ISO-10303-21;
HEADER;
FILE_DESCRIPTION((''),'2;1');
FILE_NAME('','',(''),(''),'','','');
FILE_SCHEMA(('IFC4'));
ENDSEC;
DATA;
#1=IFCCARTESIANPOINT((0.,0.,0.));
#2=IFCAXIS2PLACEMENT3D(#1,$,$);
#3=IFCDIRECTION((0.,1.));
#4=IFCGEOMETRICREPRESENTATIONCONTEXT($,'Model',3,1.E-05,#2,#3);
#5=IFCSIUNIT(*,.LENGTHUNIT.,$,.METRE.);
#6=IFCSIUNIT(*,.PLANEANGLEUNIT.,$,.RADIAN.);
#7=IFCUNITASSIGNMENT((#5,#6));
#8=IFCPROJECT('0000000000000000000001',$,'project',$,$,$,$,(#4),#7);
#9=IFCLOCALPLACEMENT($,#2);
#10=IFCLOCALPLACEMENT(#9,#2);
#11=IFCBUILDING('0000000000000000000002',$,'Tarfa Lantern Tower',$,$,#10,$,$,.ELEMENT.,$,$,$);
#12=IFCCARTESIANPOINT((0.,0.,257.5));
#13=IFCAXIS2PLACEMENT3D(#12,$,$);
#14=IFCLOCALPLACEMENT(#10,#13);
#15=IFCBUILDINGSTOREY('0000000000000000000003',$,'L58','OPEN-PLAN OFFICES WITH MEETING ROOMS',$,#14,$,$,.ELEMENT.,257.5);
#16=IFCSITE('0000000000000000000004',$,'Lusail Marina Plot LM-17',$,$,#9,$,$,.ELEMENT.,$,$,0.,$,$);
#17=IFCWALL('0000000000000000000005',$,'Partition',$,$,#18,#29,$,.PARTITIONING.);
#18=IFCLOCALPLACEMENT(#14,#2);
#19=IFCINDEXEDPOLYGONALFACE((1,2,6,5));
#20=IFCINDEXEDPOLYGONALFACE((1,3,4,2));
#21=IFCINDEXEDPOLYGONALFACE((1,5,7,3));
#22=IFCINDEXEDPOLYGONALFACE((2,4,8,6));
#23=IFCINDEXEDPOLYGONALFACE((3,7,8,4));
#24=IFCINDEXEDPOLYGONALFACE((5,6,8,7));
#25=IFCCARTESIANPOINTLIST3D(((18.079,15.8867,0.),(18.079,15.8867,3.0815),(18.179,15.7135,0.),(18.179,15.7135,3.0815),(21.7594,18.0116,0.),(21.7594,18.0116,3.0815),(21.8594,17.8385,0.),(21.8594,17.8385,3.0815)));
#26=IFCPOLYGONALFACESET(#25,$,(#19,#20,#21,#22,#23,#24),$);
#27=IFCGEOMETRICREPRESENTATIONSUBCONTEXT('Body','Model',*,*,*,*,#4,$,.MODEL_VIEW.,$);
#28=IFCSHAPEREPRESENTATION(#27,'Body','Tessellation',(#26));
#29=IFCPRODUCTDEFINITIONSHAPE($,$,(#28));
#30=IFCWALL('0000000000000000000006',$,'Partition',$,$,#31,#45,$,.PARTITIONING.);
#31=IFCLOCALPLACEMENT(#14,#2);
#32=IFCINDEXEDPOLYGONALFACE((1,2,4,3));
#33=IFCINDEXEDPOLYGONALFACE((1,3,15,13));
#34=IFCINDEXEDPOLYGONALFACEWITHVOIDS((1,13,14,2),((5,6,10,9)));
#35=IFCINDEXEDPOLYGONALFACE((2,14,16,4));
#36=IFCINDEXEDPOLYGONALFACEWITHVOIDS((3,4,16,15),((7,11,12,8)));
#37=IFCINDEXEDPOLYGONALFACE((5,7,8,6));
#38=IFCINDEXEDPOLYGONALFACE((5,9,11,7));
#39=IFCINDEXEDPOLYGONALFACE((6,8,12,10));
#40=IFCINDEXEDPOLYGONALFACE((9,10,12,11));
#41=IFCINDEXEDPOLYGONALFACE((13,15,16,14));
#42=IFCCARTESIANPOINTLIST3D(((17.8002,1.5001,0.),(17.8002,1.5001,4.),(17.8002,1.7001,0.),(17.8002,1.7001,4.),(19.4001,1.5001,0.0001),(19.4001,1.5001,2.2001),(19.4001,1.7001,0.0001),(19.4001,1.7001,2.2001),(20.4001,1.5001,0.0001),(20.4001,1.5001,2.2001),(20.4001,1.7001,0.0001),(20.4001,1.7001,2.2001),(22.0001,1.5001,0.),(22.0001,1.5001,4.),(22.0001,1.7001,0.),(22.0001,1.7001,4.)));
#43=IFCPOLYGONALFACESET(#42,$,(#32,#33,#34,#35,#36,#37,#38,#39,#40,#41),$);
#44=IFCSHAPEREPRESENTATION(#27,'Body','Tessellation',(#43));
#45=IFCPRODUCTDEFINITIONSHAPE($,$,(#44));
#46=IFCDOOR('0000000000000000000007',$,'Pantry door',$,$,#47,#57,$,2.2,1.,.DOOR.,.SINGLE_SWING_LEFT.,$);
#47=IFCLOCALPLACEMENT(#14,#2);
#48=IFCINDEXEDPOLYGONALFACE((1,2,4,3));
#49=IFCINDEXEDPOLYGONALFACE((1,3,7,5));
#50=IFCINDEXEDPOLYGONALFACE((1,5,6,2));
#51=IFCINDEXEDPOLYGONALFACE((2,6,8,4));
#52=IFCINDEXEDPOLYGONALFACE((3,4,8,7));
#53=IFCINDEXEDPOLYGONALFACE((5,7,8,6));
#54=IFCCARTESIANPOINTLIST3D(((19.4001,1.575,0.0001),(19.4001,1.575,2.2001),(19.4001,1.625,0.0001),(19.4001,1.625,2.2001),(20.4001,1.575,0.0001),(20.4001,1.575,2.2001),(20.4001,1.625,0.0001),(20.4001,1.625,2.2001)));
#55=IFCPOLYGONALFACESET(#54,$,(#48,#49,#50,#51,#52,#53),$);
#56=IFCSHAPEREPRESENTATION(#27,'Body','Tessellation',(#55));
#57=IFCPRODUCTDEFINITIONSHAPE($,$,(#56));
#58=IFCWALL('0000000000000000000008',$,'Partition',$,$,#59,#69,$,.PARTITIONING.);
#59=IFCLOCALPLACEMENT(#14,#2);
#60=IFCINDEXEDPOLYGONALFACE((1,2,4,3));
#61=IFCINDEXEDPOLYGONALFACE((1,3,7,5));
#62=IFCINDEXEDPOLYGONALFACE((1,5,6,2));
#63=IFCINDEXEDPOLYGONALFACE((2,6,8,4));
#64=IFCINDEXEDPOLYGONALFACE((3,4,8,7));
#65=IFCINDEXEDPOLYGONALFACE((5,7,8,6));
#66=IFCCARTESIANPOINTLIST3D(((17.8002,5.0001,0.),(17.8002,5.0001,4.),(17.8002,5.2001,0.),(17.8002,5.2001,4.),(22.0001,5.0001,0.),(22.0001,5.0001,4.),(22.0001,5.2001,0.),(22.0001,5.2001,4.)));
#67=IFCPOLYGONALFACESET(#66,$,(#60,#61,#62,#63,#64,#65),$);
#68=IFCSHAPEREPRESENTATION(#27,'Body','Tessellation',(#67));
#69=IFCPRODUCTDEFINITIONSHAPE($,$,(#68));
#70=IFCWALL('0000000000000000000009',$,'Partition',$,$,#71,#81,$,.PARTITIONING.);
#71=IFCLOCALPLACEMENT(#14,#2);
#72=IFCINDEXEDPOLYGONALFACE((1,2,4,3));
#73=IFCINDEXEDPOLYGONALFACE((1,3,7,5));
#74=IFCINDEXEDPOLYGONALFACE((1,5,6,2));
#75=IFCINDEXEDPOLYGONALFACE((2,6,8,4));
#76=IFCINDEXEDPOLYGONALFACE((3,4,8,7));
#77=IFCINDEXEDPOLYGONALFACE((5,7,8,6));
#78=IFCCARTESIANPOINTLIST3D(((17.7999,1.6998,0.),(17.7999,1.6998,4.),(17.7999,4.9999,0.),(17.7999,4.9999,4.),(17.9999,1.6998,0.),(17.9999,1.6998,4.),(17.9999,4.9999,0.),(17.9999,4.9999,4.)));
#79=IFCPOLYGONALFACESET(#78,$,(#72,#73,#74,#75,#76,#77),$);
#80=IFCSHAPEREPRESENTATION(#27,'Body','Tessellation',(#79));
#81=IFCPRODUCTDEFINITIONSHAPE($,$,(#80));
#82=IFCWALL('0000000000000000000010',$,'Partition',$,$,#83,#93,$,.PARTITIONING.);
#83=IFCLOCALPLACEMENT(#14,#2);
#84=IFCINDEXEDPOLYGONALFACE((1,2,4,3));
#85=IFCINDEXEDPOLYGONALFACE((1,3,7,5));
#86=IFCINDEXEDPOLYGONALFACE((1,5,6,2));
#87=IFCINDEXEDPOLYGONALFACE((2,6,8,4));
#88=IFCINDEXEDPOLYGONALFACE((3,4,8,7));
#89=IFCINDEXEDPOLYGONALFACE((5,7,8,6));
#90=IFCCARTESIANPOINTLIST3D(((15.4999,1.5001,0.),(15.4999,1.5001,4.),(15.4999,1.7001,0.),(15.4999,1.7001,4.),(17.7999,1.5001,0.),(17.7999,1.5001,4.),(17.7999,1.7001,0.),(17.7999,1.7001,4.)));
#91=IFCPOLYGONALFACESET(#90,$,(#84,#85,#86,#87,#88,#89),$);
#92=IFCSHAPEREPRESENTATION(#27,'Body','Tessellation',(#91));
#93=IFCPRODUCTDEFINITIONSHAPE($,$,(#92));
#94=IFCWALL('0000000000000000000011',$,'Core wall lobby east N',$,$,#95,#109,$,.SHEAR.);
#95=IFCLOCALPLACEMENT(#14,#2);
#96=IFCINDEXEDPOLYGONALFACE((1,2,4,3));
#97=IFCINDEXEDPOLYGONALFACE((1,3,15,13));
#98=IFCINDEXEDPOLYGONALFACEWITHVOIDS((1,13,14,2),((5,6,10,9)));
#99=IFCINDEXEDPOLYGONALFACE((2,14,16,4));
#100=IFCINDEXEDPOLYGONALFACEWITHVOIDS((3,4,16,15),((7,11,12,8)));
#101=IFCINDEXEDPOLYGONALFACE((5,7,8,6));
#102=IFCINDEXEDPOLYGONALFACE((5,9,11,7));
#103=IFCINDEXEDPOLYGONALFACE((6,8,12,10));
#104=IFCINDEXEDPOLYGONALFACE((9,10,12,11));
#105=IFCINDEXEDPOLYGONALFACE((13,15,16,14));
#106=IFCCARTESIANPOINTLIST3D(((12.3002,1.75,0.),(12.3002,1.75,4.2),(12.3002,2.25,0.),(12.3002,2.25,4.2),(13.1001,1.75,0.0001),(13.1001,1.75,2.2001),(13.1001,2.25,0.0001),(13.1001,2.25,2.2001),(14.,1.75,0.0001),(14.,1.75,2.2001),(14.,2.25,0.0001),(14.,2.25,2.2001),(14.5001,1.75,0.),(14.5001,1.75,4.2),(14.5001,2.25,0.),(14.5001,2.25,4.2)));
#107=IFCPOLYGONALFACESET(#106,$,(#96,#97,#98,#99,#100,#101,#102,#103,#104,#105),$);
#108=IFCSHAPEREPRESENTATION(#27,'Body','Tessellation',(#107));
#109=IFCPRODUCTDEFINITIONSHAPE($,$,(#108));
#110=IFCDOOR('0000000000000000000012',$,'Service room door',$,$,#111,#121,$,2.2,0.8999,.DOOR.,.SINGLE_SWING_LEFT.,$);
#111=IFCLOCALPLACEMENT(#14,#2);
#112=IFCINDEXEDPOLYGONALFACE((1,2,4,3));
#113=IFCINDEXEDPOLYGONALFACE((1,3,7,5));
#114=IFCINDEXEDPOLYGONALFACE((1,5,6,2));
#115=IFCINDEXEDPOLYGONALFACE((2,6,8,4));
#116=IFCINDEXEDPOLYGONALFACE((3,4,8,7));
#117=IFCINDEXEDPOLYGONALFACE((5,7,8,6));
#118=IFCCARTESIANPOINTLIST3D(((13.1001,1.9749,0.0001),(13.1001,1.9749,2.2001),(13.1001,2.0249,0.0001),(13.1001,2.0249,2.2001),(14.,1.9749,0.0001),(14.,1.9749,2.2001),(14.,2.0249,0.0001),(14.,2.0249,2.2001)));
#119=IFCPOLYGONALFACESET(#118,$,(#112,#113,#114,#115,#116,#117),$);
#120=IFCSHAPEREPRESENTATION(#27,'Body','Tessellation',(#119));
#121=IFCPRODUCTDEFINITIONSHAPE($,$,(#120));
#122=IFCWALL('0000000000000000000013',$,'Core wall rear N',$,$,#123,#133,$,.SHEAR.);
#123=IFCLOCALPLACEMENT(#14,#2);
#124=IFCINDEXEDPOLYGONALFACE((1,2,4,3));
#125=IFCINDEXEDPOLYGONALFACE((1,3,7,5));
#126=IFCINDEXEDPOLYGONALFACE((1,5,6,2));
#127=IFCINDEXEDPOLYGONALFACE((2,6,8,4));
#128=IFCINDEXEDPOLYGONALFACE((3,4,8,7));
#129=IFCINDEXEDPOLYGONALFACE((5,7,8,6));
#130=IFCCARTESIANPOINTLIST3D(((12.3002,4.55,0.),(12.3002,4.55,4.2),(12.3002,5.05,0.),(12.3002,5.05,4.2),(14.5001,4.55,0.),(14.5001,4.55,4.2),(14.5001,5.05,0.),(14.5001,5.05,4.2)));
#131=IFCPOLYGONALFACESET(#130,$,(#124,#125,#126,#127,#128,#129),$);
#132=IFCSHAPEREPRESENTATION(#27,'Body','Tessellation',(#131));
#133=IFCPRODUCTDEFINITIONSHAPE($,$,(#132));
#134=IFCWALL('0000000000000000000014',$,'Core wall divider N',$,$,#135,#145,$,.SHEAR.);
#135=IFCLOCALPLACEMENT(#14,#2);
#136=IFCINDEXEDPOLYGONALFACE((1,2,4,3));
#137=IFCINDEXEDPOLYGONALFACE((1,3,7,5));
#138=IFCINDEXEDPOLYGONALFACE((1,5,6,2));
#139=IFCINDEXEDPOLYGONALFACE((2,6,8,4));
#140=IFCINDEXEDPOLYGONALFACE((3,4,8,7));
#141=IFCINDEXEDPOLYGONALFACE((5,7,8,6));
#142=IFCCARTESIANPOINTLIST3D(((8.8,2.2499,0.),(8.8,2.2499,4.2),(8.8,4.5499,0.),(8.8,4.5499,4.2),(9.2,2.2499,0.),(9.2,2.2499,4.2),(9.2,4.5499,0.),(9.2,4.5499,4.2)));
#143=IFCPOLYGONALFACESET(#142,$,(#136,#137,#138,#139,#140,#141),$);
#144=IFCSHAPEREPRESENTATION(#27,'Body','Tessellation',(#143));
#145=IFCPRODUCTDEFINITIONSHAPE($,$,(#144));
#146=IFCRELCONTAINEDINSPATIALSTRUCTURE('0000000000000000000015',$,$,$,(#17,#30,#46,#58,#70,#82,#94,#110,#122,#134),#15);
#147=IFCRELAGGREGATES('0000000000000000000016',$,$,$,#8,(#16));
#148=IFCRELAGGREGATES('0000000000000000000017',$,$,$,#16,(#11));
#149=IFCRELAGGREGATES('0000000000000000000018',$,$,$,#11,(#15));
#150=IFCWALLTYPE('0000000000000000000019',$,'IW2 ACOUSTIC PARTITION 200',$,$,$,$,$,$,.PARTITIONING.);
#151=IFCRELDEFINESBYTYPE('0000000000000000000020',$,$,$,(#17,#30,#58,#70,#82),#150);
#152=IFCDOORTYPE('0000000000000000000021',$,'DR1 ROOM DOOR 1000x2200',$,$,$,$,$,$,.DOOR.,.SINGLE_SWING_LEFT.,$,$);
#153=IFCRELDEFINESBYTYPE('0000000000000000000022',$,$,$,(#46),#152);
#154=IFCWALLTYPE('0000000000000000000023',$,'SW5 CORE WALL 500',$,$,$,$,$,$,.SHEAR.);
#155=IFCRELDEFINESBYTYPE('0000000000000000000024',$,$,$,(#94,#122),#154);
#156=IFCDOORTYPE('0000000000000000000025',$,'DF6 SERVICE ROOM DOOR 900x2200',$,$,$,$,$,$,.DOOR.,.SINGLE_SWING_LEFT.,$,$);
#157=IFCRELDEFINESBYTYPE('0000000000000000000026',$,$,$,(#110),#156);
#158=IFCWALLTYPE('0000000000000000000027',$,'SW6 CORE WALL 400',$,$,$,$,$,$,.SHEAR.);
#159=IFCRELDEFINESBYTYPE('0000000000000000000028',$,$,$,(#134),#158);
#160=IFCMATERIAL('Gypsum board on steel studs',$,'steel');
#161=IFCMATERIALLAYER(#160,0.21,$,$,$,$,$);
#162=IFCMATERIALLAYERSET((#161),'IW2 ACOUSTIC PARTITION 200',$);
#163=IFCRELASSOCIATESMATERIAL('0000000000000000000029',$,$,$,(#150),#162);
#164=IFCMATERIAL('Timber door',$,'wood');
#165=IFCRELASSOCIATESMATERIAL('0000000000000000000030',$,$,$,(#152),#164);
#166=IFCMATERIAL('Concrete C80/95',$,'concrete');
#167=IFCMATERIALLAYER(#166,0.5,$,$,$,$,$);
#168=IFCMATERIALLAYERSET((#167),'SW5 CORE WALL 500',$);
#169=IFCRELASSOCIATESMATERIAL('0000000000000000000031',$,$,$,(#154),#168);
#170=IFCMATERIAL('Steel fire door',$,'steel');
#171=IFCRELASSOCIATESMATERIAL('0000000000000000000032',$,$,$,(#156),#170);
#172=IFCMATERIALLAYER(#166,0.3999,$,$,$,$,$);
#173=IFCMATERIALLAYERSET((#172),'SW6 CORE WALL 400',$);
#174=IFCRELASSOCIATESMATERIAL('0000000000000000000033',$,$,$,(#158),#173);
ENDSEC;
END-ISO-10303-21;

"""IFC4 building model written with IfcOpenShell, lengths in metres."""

from ifc_helpers import new_model, si_unit, direction, frame, frame_2d, origin, place, context, subcontext, project, spatial, rectangle, extrude, material, layer, layer_set, type_object, element, fill, save


model = new_model("IFC4")

# Units and contexts
model_context = context("Model", 3, precision=1e-05, world=origin(), true_north=direction((0.0, 1.0)))
body_context = subcontext(model_context, "Body", "Model", "MODEL_VIEW")
ifc_project = project(units=[si_unit("LENGTHUNIT", "METRE"), si_unit("PLANEANGLEUNIT", "RADIAN")], contexts=[model_context])

# Site, building, storey
site_placement = place(None, origin())
site = spatial("IfcSite", under=ifc_project, at=site_placement, Name="Lusail Marina Plot LM-17", CompositionType="ELEMENT", RefElevation=0.0)
building_placement = place(site_placement, origin())
building = spatial("IfcBuilding", under=site, at=building_placement, Name="Tarfa Lantern Tower", CompositionType="ELEMENT")
storey_placement = place(building_placement, frame((0.0, 0.0, 257.5)))
storey = spatial("IfcBuildingStorey", under=building, at=storey_placement, Name="L58", Description="OPEN-PLAN OFFICES WITH MEETING ROOMS", CompositionType="ELEMENT", Elevation=257.5)

# Shared definitions
ifc_material_1 = material(Name="Concrete C80/95", Category="concrete")

# Wall
ifc_material_2 = material(Name="Gypsum board on steel studs", Category="steel")
ifc_layer_1 = layer(ifc_material_2, 0.21)
ifc_layer_set_1 = layer_set([ifc_layer_1], Name="IW2 ACOUSTIC PARTITION 200")
wall_type_1 = type_object("IfcWallType", Name="IW2 ACOUSTIC PARTITION 200", PredefinedType="PARTITIONING", material=ifc_layer_set_1)
wall_1_placement = place(storey_placement, frame((18.1289, 15.8, 0.0), z_axis=(0.0, 0.0, 1.0), x_axis=(0.866014, 0.500019, 0.0)))
element("IfcWall", 1, at=wall_1_placement, inside=storey, type_object=wall_type_1, Name="Partition", PredefinedType="PARTITIONING", context=body_context, shape_type="SweptSolid", body=[
    extrude(rectangle(XDim=4.2498, YDim=0.2, at=frame_2d((2.125, 0.0))), origin(), (0.0, 0.0, 1.0), 3.0815),
])

# Wall, opening, door
wall_2_placement = place(storey_placement, frame((17.8, 1.6001, 0.0), z_axis=(0.0, 0.0, 1.0), x_axis=(1.0, 0.0, 0.0)))
wall_2 = element("IfcWall", 2, at=wall_2_placement, inside=storey, type_object=wall_type_1, Name="Partition", PredefinedType="PARTITIONING", context=body_context, shape_type="SweptSolid", body=[
    extrude(rectangle(XDim=4.2, YDim=0.2, at=frame_2d((2.1001, 0.0))), origin(), (0.0, 0.0, 1.0), 4.0),
])
opening_1_placement = place(wall_2_placement, frame((1.6001, 0.0, 0.0)))
opening_1 = element("IfcOpeningElement", 3, at=opening_1_placement, cuts=wall_2, PredefinedType="OPENING", context=body_context, shape_type="SweptSolid", body=[
    extrude(rectangle(XDim=1.0, YDim=2.2, at=frame_2d((0.5, 1.1001))), frame((0.0, 0.1099, 0.0), z_axis=(0.0, -1.0, 0.0), x_axis=(1.0, 0.0, 0.0)), (0.0, 0.0, 1.0), 0.22),
])
ifc_material_3 = material(Name="Timber door", Category="wood")
door_type_1 = type_object("IfcDoorType", Name="DR1 ROOM DOOR 1000x2200", OperationType="SINGLE_SWING_LEFT", PredefinedType="DOOR", material=ifc_material_3)
door_1_placement = place(opening_1_placement, origin())
door_1 = element("IfcDoor", 4, at=door_1_placement, inside=storey, type_object=door_type_1, Name="Pantry door", OperationType="SINGLE_SWING_LEFT", OverallHeight=2.2, OverallWidth=1.0, PredefinedType="DOOR", context=body_context, shape_type="SweptSolid", body=[
    extrude(rectangle(XDim=1.0, YDim=2.2, at=frame_2d((0.5, 1.1001))), frame((0.0, 0.0249, 0.0), z_axis=(0.0, -1.0, 0.0), x_axis=(1.0, 0.0, 0.0)), (0.0, 0.0, 1.0), 0.05),
])
fill(opening_1, door_1)

# Walls
wall_3_placement = place(storey_placement, frame((17.8, 5.1001, 0.0), z_axis=(0.0, 0.0, 1.0), x_axis=(1.0, 0.0, 0.0)))
element("IfcWall", 5, at=wall_3_placement, inside=storey, type_object=wall_type_1, Name="Partition", PredefinedType="PARTITIONING", context=body_context, shape_type="SweptSolid", body=[
    extrude(rectangle(XDim=4.2, YDim=0.2, at=frame_2d((2.1001, 0.0))), origin(), (0.0, 0.0, 1.0), 4.0),
])
wall_4_placement = place(storey_placement, frame((17.8999, 1.7, 0.0), z_axis=(0.0, 0.0, 1.0), x_axis=(0.0, 1.0, 0.0)))
element("IfcWall", 6, at=wall_4_placement, inside=storey, type_object=wall_type_1, Name="Partition", PredefinedType="PARTITIONING", context=body_context, shape_type="SweptSolid", body=[
    extrude(rectangle(XDim=3.3, YDim=0.2, at=frame_2d((1.6499, 0.0))), origin(), (0.0, 0.0, 1.0), 4.0),
])
wall_5_placement = place(storey_placement, frame((15.5, 1.6001, 0.0), z_axis=(0.0, 0.0, 1.0), x_axis=(1.0, 0.0, 0.0)))
element("IfcWall", 7, at=wall_5_placement, inside=storey, type_object=wall_type_1, Name="Partition", PredefinedType="PARTITIONING", context=body_context, shape_type="SweptSolid", body=[
    extrude(rectangle(XDim=2.3, YDim=0.2, at=frame_2d((1.1499, 0.0))), origin(), (0.0, 0.0, 1.0), 4.0),
])

# Wall, opening, door
ifc_layer_2 = layer(ifc_material_1, 0.5)
ifc_layer_set_2 = layer_set([ifc_layer_2], Name="SW5 CORE WALL 500")
wall_type_2 = type_object("IfcWallType", Name="SW5 CORE WALL 500", PredefinedType="SHEAR", material=ifc_layer_set_2)
wall_6_placement = place(storey_placement, frame((12.3, 2.0, 0.0), z_axis=(0.0, 0.0, 1.0), x_axis=(1.0, 0.0, 0.0)))
wall_6 = element("IfcWall", 8, at=wall_6_placement, inside=storey, type_object=wall_type_2, Name="Core wall lobby east N", PredefinedType="SHEAR", context=body_context, shape_type="SweptSolid", body=[
    extrude(rectangle(XDim=2.2, YDim=0.5, at=frame_2d((1.1001, 0.0))), origin(), (0.0, 0.0, 1.0), 4.2),
])
opening_2_placement = place(wall_6_placement, frame((0.8, 0.0, 0.0)))
opening_2 = element("IfcOpeningElement", 9, at=opening_2_placement, cuts=wall_6, PredefinedType="OPENING", context=body_context, shape_type="SweptSolid", body=[
    extrude(rectangle(XDim=0.8999, YDim=2.2, at=frame_2d((0.45, 1.1001))), frame((0.0, 0.26, 0.0), z_axis=(0.0, -1.0, 0.0), x_axis=(1.0, 0.0, 0.0)), (0.0, 0.0, 1.0), 0.52),
])
ifc_material_4 = material(Name="Steel fire door", Category="steel")
door_type_2 = type_object("IfcDoorType", Name="DF6 SERVICE ROOM DOOR 900x2200", OperationType="SINGLE_SWING_LEFT", PredefinedType="DOOR", material=ifc_material_4)
door_2_placement = place(opening_2_placement, origin())
door_2 = element("IfcDoor", 10, at=door_2_placement, inside=storey, type_object=door_type_2, Name="Service room door", OperationType="SINGLE_SWING_LEFT", OverallHeight=2.2, OverallWidth=0.8999, PredefinedType="DOOR", context=body_context, shape_type="SweptSolid", body=[
    extrude(rectangle(XDim=0.8999, YDim=2.2, at=frame_2d((0.45, 1.1001))), frame((0.0, 0.0249, 0.0), z_axis=(0.0, -1.0, 0.0), x_axis=(1.0, 0.0, 0.0)), (0.0, 0.0, 1.0), 0.05),
])
fill(opening_2, door_2)

# Walls
wall_7_placement = place(storey_placement, frame((12.3, 4.8, 0.0), z_axis=(0.0, 0.0, 1.0), x_axis=(1.0, 0.0, 0.0)))
element("IfcWall", 11, at=wall_7_placement, inside=storey, type_object=wall_type_2, Name="Core wall rear N", PredefinedType="SHEAR", context=body_context, shape_type="SweptSolid", body=[
    extrude(rectangle(XDim=2.2, YDim=0.5, at=frame_2d((1.1001, 0.0))), origin(), (0.0, 0.0, 1.0), 4.2),
])
ifc_layer_3 = layer(ifc_material_1, 0.3999)
ifc_layer_set_3 = layer_set([ifc_layer_3], Name="SW6 CORE WALL 400")
wall_type_3 = type_object("IfcWallType", Name="SW6 CORE WALL 400", PredefinedType="SHEAR", material=ifc_layer_set_3)
wall_8_placement = place(storey_placement, frame((9.0, 2.25, 0.0), z_axis=(0.0, 0.0, 1.0), x_axis=(0.0, 1.0, 0.0)))
element("IfcWall", 12, at=wall_8_placement, inside=storey, type_object=wall_type_3, Name="Core wall divider N", PredefinedType="SHEAR", context=body_context, shape_type="SweptSolid", body=[
    extrude(rectangle(XDim=2.3, YDim=0.3999, at=frame_2d((1.1499, 0.0))), origin(), (0.0, 0.0, 1.0), 4.2),
])

save(model, "model.ifc")
